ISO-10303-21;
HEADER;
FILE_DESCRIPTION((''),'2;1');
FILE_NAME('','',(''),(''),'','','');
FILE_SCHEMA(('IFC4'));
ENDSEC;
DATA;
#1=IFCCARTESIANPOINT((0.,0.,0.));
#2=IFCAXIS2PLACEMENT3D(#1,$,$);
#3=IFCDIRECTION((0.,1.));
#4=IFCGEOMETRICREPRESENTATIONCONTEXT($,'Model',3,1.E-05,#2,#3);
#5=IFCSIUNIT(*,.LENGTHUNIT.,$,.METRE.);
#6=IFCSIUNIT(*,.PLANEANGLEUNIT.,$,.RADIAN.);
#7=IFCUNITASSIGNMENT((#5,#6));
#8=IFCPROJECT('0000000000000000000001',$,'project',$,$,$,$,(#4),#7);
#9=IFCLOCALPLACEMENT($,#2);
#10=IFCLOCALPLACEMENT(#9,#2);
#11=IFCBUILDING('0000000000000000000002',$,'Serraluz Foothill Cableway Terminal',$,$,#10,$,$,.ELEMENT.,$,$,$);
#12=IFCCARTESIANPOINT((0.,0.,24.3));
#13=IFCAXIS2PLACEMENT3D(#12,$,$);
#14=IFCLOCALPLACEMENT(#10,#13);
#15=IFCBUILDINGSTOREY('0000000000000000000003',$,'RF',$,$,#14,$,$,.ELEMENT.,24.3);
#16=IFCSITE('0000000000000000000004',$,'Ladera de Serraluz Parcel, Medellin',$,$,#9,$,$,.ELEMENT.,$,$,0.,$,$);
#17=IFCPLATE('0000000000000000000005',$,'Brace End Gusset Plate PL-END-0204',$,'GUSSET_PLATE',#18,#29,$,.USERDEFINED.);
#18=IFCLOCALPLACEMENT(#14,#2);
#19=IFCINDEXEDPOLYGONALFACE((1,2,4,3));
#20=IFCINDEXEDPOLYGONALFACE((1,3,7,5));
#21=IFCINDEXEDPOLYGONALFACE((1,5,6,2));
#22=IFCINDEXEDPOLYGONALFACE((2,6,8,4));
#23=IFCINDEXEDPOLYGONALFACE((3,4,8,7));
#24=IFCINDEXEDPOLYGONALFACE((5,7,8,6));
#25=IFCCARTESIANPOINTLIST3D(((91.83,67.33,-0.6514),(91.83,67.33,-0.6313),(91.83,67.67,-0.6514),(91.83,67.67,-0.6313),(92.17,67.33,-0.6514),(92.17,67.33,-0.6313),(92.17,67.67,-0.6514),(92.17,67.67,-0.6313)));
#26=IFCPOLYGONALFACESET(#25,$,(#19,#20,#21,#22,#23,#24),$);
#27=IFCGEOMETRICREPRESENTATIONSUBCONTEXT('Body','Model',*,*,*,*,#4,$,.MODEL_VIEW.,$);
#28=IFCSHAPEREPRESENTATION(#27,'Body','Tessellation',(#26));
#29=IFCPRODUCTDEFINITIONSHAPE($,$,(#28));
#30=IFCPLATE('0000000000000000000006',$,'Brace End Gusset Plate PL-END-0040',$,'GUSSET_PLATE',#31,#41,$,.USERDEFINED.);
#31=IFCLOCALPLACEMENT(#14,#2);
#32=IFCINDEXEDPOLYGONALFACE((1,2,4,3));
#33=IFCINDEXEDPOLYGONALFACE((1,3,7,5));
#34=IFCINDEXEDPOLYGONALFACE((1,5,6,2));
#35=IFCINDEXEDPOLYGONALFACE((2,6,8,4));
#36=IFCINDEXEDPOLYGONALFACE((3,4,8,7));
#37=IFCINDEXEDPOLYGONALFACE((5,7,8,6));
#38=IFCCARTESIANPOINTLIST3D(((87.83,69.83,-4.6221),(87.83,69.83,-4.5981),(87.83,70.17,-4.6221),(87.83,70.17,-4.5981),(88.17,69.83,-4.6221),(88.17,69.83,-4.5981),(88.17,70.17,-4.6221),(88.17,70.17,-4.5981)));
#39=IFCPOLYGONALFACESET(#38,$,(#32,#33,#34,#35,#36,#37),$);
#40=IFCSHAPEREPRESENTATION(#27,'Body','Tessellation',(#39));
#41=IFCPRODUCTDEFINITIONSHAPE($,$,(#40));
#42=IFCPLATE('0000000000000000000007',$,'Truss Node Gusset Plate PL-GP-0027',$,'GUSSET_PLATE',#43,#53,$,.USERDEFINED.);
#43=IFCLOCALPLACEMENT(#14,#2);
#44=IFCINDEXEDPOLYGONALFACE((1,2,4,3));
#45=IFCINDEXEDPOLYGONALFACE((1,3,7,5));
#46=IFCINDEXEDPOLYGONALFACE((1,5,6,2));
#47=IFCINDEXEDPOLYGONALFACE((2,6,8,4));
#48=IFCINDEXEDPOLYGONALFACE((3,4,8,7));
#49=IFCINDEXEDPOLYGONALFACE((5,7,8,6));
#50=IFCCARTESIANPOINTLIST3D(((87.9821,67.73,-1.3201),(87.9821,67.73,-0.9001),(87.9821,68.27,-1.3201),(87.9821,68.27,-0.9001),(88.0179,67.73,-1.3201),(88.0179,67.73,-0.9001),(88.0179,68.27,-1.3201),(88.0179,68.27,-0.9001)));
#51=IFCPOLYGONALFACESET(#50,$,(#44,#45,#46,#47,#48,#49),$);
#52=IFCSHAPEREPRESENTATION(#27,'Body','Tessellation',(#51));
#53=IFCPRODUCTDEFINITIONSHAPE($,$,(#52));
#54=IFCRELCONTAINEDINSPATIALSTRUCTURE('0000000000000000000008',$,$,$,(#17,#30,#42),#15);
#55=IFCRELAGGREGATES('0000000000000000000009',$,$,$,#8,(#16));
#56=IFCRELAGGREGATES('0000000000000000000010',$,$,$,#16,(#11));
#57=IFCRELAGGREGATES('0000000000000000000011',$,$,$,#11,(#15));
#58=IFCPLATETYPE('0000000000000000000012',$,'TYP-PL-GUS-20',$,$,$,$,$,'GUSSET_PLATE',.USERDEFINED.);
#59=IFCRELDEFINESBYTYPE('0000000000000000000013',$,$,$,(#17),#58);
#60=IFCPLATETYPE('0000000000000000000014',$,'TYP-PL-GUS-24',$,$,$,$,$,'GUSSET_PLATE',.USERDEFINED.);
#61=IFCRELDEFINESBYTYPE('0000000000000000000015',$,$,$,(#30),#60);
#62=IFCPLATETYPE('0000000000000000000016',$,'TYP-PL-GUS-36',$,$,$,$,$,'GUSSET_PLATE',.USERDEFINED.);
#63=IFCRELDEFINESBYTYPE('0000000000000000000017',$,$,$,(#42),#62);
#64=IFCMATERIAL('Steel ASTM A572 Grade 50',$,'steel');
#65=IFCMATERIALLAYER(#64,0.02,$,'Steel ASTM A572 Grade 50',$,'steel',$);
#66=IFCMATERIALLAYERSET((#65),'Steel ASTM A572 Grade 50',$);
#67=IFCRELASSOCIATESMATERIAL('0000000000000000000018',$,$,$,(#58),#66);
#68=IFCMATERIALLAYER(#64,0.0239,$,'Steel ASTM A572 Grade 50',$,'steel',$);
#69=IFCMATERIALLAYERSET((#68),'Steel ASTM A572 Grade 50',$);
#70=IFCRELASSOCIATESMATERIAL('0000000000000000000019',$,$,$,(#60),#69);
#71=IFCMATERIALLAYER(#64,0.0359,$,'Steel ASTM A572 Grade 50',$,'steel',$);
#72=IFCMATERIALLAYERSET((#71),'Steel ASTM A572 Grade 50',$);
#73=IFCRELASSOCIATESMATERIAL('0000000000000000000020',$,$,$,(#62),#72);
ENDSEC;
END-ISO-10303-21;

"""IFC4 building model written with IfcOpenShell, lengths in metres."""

from ifc_helpers import new_model, si_unit, direction, frame, origin, origin_2d, place, context, subcontext, project, spatial, rectangle, extrude, material, layer, layer_set, type_object, element, save


model = new_model("IFC4")

# Units and contexts
model_context = context("Model", 3, precision=1e-05, world=origin(), true_north=direction((0.0, 1.0)))
body_context = subcontext(model_context, "Body", "Model", "MODEL_VIEW")
ifc_project = project(units=[si_unit("LENGTHUNIT", "METRE"), si_unit("PLANEANGLEUNIT", "RADIAN")], contexts=[model_context])

# Site, building, storey
site_placement = place(None, origin())
site = spatial("IfcSite", under=ifc_project, at=site_placement, Name="Ladera de Serraluz Parcel, Medellin", CompositionType="ELEMENT", RefElevation=0.0)
building_placement = place(site_placement, origin())
building = spatial("IfcBuilding", under=site, at=building_placement, Name="Serraluz Foothill Cableway Terminal", CompositionType="ELEMENT")
storey_placement = place(building_placement, frame((0.0, 0.0, 24.3)))
storey = spatial("IfcBuildingStorey", under=building, at=storey_placement, Name="RF", CompositionType="ELEMENT", Elevation=24.3)

# Shared definitions
ifc_material_1 = material(Name="Steel ASTM A572 Grade 50", Category="steel")

# Plates
ifc_layer_1 = layer(ifc_material_1, 0.02, Name="Steel ASTM A572 Grade 50", Category="steel")
ifc_layer_set_1 = layer_set([ifc_layer_1], Name="Steel ASTM A572 Grade 50")
plate_type_1 = type_object("IfcPlateType", Name="TYP-PL-GUS-20", ElementType="GUSSET_PLATE", PredefinedType="USERDEFINED", material=ifc_layer_set_1)
for number, where, z_axis, x_axis, name in (
    (1, (92.0, 67.5, -0.6514), (0.0, 0.0, 1.0), (1.0, 0.0, 0.0), "Brace End Gusset Plate PL-END-0204"),
):
    element("IfcPlate", number, at=place(storey_placement, frame(where, z_axis=z_axis, x_axis=x_axis)), inside=storey, type_object=plate_type_1, Name=name, ObjectType="GUSSET_PLATE", PredefinedType="USERDEFINED", context=body_context, shape_type="SweptSolid", body=[
        extrude(rectangle(XDim=0.3401, YDim=0.3401, at=origin_2d()), origin(), (0.0, 0.0, 1.0), 0.02),
    ])
ifc_layer_2 = layer(ifc_material_1, 0.0239, Name="Steel ASTM A572 Grade 50", Category="steel")
ifc_layer_set_2 = layer_set([ifc_layer_2], Name="Steel ASTM A572 Grade 50")
plate_type_2 = type_object("IfcPlateType", Name="TYP-PL-GUS-24", ElementType="GUSSET_PLATE", PredefinedType="USERDEFINED", material=ifc_layer_set_2)
plate_1_placement = place(storey_placement, frame((88.0, 70.0, -4.6221), z_axis=(0.0, 0.0, 1.0), x_axis=(1.0, 0.0, 0.0)))
element("IfcPlate", 2, at=plate_1_placement, inside=storey, type_object=plate_type_2, Name="Brace End Gusset Plate PL-END-0040", ObjectType="GUSSET_PLATE", PredefinedType="USERDEFINED", context=body_context, shape_type="SweptSolid", body=[
    extrude(rectangle(XDim=0.3401, YDim=0.3401, at=origin_2d()), origin(), (0.0, 0.0, 1.0), 0.0239),
])
ifc_layer_3 = layer(ifc_material_1, 0.0359, Name="Steel ASTM A572 Grade 50", Category="steel")
ifc_layer_set_3 = layer_set([ifc_layer_3], Name="Steel ASTM A572 Grade 50")
plate_type_3 = type_object("IfcPlateType", Name="TYP-PL-GUS-36", ElementType="GUSSET_PLATE", PredefinedType="USERDEFINED", material=ifc_layer_set_3)
plate_2_placement = place(storey_placement, frame((88.0, 68.0, -1.3201), z_axis=(0.0, 0.0, 1.0), x_axis=(1.0, 0.0, 0.0)))
element("IfcPlate", 3, at=plate_2_placement, inside=storey, type_object=plate_type_3, Name="Truss Node Gusset Plate PL-GP-0027", ObjectType="GUSSET_PLATE", PredefinedType="USERDEFINED", context=body_context, shape_type="SweptSolid", body=[
    extrude(rectangle(XDim=0.0359, YDim=0.54, at=origin_2d()), origin(), (0.0, 0.0, 1.0), 0.4199),
])

save(model, "model.ifc")
